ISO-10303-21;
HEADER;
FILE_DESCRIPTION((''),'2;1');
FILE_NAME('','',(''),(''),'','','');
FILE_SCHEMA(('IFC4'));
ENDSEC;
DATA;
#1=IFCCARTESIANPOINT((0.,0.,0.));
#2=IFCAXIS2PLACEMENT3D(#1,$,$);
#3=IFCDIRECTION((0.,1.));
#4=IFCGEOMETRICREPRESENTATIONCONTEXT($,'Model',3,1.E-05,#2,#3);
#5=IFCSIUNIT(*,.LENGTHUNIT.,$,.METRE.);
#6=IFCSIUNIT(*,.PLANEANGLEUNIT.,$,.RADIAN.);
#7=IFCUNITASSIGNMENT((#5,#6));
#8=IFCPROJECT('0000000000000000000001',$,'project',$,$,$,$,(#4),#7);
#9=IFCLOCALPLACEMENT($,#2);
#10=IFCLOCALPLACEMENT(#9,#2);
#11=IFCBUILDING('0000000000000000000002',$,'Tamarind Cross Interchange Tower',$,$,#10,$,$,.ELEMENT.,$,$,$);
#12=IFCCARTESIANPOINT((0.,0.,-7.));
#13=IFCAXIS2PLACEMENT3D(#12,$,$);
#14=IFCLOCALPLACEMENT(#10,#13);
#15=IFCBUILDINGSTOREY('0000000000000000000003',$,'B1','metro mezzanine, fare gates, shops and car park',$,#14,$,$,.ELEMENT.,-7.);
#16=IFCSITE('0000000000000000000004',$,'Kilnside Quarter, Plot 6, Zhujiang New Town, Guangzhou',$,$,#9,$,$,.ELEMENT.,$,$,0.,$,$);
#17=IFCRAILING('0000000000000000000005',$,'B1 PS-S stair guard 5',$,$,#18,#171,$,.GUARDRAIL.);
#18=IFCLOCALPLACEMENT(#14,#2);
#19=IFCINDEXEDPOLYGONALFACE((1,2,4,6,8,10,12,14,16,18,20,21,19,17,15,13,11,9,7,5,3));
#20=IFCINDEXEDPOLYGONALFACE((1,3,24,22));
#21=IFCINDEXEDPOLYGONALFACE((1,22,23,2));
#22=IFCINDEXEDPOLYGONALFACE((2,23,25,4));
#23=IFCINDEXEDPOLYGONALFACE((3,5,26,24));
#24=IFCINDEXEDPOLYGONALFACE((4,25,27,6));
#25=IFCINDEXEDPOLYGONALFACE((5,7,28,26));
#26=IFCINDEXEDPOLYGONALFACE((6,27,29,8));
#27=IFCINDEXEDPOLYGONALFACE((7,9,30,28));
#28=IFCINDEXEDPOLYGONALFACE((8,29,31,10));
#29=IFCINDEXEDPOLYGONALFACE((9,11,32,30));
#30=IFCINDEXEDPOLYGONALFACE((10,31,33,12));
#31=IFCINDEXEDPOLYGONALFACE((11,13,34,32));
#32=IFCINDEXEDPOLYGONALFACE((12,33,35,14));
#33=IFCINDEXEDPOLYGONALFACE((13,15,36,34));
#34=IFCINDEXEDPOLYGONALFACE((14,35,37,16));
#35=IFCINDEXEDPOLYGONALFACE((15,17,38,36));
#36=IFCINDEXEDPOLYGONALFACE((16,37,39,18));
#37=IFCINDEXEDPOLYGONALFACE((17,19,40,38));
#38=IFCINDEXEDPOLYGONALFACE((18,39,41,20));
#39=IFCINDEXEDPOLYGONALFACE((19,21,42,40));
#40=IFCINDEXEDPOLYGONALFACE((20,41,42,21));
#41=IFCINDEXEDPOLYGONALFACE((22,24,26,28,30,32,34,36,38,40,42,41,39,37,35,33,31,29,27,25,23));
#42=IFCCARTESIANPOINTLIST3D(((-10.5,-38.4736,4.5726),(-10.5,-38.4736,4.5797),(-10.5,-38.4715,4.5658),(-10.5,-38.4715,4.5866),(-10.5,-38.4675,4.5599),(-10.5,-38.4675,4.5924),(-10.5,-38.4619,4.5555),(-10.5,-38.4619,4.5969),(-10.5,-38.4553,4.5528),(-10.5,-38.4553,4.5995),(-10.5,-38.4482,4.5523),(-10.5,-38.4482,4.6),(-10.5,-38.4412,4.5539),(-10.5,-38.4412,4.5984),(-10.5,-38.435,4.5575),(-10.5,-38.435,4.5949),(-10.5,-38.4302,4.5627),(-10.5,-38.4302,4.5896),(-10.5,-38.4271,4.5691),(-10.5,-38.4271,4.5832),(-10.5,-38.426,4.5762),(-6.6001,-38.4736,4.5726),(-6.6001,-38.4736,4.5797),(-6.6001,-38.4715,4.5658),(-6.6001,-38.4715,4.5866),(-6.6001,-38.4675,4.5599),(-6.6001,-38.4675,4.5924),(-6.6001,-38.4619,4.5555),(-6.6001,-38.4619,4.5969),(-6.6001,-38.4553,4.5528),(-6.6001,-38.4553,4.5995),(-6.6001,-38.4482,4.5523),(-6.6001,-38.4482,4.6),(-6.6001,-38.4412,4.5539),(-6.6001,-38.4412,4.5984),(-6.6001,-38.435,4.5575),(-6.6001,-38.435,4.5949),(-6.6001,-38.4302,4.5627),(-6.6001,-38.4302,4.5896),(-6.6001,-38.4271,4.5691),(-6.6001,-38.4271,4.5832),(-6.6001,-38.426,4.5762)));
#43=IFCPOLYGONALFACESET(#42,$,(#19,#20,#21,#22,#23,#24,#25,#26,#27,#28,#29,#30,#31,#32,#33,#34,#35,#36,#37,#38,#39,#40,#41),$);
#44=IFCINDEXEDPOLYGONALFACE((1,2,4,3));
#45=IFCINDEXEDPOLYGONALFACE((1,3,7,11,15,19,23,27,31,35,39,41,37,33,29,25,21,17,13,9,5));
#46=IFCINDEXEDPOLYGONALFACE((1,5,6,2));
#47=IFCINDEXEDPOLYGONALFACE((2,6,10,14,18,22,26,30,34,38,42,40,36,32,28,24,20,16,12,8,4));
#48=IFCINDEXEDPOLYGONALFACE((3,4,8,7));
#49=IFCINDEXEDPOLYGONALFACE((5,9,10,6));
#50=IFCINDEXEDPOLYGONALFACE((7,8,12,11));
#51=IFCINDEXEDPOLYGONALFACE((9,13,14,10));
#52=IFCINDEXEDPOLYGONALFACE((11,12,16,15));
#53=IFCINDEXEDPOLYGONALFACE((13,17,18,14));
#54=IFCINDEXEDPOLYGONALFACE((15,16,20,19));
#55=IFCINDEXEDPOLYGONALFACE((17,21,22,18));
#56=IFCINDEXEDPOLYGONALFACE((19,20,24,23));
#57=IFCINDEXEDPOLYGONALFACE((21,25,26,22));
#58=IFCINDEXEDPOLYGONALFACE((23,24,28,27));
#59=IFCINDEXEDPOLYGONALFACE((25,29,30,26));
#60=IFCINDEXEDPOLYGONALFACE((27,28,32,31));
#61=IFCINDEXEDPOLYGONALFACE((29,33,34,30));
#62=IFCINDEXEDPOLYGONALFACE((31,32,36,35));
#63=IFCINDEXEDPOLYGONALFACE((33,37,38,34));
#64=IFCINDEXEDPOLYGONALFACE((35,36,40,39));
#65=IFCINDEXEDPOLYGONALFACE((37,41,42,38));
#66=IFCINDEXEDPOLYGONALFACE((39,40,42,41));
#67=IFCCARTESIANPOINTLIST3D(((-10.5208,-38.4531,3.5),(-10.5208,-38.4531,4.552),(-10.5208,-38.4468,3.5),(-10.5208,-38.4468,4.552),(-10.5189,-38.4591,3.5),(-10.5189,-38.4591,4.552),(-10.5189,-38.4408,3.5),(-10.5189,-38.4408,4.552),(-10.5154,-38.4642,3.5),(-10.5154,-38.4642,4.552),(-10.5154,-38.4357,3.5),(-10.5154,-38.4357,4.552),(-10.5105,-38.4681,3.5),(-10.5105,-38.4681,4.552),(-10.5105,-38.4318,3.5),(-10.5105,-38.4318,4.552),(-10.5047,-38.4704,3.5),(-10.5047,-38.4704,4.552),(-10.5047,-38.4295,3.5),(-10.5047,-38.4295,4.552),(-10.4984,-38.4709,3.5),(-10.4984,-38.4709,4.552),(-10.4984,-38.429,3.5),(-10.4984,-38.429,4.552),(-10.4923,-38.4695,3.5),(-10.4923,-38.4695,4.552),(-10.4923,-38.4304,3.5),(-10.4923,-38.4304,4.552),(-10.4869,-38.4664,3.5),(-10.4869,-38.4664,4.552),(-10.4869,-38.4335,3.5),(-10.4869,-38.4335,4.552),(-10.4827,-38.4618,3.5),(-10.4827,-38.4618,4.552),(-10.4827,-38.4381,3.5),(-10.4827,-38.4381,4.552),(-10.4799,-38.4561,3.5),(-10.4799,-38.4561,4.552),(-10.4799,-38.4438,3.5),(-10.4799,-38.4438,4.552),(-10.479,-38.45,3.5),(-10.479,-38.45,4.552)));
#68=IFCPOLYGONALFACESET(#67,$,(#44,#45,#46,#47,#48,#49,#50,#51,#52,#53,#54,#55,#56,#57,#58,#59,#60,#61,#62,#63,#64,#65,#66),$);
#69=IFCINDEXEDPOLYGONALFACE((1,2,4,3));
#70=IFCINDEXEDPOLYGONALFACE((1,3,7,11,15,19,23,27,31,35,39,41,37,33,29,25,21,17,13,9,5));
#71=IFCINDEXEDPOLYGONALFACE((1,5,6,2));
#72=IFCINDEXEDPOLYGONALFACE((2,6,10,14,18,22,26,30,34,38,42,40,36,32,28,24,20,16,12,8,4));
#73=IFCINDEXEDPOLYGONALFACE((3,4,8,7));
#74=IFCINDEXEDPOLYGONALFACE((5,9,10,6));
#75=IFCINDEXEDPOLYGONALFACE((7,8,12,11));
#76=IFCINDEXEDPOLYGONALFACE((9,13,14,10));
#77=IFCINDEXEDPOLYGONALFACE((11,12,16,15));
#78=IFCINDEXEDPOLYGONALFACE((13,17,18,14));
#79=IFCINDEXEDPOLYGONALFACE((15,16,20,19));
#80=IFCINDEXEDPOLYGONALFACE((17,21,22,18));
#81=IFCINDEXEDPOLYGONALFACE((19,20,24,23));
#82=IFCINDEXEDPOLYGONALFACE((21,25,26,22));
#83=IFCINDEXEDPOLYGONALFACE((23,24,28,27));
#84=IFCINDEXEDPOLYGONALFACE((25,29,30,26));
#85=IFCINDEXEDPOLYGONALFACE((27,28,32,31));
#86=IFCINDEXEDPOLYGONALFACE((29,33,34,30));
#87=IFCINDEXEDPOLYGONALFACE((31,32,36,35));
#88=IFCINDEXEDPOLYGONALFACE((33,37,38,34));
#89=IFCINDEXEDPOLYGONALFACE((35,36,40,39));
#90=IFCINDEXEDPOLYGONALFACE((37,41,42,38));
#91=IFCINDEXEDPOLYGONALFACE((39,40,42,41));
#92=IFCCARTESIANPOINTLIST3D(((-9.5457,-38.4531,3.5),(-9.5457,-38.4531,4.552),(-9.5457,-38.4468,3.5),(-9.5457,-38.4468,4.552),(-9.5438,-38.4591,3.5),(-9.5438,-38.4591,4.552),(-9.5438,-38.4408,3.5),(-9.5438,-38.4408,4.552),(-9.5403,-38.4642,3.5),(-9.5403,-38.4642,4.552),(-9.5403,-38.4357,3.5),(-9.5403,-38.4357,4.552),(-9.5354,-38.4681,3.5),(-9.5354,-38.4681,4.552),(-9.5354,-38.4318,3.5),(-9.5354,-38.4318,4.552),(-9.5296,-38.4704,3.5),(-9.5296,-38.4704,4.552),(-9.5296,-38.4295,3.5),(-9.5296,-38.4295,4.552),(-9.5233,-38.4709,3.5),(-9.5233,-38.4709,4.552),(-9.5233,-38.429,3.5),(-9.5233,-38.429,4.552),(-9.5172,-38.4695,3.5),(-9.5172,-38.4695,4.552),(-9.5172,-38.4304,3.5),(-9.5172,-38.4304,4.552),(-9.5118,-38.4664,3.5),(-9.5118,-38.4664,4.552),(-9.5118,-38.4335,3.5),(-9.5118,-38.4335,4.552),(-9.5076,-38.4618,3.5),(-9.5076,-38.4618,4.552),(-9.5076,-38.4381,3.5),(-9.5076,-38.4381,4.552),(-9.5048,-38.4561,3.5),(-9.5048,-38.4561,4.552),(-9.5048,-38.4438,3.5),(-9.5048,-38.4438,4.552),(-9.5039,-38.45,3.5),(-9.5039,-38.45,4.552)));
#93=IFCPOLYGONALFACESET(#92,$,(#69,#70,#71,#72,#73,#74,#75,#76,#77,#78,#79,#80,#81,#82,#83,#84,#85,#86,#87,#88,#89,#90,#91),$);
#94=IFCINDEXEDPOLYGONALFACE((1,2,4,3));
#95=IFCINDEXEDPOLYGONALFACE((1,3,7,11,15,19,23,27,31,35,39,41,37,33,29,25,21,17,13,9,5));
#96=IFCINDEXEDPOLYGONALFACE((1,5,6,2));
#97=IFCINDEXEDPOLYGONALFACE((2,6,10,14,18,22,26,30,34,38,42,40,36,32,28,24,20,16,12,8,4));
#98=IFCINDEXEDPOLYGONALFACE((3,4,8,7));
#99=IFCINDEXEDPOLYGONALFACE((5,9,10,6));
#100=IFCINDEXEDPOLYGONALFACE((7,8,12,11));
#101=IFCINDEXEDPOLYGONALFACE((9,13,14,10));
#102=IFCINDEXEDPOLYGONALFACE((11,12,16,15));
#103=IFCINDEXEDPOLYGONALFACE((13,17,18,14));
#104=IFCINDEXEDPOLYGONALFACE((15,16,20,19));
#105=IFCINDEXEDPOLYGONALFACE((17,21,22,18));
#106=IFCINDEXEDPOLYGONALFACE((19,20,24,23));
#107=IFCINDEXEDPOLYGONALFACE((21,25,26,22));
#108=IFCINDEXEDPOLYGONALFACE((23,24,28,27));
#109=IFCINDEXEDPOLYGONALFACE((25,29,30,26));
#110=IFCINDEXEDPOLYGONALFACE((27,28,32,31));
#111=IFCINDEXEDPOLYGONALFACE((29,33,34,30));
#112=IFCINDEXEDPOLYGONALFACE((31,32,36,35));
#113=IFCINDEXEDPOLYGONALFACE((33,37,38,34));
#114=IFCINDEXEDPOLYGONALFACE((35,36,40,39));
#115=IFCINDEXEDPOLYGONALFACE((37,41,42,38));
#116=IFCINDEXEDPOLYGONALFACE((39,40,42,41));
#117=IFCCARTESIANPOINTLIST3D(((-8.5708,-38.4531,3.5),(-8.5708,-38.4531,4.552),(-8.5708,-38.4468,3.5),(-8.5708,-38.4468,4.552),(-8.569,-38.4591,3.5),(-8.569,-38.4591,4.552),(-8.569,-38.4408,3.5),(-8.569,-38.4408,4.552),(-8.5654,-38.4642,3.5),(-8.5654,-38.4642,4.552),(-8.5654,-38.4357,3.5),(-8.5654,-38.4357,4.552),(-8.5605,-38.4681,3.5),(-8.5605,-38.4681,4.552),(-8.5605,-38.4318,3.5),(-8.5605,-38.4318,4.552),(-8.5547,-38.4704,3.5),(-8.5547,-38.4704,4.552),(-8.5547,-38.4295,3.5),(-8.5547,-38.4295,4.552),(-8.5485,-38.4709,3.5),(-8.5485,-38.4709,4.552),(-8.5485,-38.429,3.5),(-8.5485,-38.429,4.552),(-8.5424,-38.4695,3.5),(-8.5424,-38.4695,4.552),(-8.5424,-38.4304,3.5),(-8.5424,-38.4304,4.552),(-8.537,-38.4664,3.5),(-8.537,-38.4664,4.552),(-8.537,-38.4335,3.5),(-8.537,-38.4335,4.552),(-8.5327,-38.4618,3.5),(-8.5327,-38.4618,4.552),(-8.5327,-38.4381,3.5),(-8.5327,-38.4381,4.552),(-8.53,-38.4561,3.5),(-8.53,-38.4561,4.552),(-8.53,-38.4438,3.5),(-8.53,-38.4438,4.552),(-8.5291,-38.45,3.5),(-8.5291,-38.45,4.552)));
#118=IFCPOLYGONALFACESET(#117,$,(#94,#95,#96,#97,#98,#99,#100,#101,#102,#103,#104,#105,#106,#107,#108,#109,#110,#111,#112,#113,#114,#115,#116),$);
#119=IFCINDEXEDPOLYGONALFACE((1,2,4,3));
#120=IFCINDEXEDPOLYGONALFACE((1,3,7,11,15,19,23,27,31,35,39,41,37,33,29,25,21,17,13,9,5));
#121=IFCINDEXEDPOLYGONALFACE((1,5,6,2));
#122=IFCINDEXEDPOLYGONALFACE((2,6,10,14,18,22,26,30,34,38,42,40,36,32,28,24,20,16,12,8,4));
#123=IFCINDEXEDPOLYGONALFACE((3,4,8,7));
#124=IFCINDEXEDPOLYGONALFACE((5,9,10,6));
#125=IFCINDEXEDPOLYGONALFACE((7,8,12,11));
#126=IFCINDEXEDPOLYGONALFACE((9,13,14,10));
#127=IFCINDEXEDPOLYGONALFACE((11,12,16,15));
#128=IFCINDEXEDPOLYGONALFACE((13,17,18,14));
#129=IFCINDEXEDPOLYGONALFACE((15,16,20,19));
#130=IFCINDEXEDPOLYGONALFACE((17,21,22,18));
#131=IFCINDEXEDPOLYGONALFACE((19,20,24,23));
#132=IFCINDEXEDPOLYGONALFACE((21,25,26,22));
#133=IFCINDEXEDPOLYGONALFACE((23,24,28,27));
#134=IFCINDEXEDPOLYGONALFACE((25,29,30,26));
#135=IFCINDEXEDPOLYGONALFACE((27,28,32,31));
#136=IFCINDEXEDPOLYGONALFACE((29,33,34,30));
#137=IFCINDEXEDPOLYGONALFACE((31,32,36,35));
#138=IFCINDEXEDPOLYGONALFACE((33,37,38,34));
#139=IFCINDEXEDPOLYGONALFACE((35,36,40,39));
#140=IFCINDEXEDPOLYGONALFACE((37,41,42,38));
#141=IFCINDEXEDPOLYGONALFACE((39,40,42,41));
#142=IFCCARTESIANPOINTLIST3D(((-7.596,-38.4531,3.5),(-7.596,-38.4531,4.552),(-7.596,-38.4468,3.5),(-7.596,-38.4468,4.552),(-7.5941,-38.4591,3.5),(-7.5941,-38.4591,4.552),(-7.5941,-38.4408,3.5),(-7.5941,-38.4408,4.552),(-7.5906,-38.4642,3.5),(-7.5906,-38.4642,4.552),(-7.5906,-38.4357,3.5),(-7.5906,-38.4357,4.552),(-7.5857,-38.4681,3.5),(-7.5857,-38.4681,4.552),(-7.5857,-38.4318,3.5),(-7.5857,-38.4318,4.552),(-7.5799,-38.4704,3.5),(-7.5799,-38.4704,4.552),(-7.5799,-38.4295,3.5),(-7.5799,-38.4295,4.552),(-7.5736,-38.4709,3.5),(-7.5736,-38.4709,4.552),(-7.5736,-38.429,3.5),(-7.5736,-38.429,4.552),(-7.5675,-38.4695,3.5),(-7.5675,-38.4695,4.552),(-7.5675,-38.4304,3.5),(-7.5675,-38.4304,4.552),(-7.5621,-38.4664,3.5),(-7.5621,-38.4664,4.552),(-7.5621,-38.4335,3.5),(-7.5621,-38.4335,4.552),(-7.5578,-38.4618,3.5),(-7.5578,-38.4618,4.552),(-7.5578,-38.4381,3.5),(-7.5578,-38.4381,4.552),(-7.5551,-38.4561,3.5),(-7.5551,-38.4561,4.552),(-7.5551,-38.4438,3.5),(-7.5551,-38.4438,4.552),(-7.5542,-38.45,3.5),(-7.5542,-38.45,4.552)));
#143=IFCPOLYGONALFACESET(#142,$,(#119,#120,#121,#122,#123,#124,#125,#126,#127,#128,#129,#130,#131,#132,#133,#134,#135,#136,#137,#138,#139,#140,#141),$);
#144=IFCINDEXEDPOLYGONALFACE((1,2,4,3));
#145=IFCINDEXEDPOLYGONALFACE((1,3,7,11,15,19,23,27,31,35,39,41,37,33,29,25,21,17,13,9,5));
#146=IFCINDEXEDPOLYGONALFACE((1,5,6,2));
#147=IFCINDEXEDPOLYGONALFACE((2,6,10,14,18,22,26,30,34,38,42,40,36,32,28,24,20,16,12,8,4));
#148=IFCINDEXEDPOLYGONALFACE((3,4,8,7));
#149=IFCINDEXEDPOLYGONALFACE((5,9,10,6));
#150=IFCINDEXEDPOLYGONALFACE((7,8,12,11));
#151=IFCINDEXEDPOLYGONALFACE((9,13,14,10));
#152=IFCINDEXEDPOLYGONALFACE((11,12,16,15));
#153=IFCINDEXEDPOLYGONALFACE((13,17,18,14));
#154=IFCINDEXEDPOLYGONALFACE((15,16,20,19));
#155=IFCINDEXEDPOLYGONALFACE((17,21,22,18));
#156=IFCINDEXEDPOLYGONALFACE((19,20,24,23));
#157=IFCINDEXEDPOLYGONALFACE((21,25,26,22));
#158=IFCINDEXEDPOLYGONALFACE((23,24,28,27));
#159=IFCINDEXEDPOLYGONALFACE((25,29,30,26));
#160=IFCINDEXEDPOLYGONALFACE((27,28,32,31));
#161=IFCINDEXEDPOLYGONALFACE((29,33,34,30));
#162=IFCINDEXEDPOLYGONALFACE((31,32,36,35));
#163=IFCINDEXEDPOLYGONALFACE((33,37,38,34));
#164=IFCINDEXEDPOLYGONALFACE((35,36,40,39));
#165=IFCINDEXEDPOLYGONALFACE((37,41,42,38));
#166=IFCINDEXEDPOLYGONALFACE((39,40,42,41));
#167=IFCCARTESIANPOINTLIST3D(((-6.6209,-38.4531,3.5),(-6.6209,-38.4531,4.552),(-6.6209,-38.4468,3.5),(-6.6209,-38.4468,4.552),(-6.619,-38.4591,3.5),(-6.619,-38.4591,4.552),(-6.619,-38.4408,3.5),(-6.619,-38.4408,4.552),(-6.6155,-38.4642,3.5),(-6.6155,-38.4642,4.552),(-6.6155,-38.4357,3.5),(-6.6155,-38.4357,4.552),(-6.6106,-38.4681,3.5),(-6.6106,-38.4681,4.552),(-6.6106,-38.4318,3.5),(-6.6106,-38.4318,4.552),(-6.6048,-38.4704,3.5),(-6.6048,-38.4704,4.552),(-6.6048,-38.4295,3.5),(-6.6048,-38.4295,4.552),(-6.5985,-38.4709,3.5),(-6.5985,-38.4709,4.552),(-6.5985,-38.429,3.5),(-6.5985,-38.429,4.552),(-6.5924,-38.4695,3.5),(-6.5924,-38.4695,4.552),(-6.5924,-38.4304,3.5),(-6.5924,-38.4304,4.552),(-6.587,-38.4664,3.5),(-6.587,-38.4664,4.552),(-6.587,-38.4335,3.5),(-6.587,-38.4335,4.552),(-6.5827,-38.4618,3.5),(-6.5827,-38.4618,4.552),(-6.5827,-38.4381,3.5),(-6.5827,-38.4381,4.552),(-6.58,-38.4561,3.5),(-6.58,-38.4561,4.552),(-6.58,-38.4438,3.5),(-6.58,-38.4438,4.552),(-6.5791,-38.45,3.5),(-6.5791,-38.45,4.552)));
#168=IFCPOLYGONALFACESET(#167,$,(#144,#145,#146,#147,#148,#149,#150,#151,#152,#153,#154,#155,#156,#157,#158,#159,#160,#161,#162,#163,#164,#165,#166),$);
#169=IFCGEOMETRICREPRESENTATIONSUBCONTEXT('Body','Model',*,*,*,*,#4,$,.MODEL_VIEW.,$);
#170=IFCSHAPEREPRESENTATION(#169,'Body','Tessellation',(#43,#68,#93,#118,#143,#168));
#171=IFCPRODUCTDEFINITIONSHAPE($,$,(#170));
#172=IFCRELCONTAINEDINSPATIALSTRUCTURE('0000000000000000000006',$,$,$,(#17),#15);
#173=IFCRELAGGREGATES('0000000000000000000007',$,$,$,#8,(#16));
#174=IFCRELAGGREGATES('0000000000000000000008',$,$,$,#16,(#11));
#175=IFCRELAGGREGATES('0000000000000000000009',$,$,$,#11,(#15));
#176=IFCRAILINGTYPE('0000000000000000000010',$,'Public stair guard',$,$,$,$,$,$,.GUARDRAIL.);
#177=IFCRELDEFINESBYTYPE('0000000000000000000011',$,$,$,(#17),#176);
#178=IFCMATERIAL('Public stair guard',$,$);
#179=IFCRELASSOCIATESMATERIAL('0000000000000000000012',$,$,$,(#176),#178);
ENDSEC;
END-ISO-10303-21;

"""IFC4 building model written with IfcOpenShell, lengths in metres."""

from ifc_helpers import new_model, si_unit, direction, frame, origin, origin_2d, place, context, subcontext, project, spatial, circle, extrude, material, type_object, element, save


model = new_model("IFC4")

# Units and contexts
model_context = context("Model", 3, precision=1e-05, world=origin(), true_north=direction((0.0, 1.0)))
body_context = subcontext(model_context, "Body", "Model", "MODEL_VIEW")
ifc_project = project(units=[si_unit("LENGTHUNIT", "METRE"), si_unit("PLANEANGLEUNIT", "RADIAN")], contexts=[model_context])

# Site, building, storey
site_placement = place(None, origin())
site = spatial("IfcSite", under=ifc_project, at=site_placement, Name="Kilnside Quarter, Plot 6, Zhujiang New Town, Guangzhou", CompositionType="ELEMENT", RefElevation=0.0)
building_placement = place(site_placement, origin())
building = spatial("IfcBuilding", under=site, at=building_placement, Name="Tamarind Cross Interchange Tower", CompositionType="ELEMENT")
storey_placement = place(building_placement, frame((0.0, 0.0, -7.0)))
storey = spatial("IfcBuildingStorey", under=building, at=storey_placement, Name="B1", Description="metro mezzanine, fare gates, shops and car park", CompositionType="ELEMENT", Elevation=-7.0)

# Railing
ifc_material_1 = material(Name="Public stair guard")
railing_type_1 = type_object("IfcRailingType", Name="Public stair guard", PredefinedType="GUARDRAIL", material=ifc_material_1)
railing_1_placement = place(storey_placement, frame((-10.5, -38.45, 3.5)))
element("IfcRailing", 1, at=railing_1_placement, inside=storey, type_object=railing_type_1, Name="B1 PS-S stair guard 5", PredefinedType="GUARDRAIL", context=body_context, shape_type="SweptSolid", body=[
    extrude(circle(Radius=0.0239, at=origin_2d()), frame((0.0, 0.0, 1.0762), z_axis=(1.0, 0.0, 0.0), x_axis=(0.0, 1.0, 0.0)), (0.0, 0.0, 1.0), 3.8999),
    extrude(circle(Radius=0.021, at=origin_2d()), origin(), (0.0, 0.0, 1.0), 1.052),
    extrude(circle(Radius=0.021, at=origin_2d()), frame((0.9751, 0.0, 0.0)), (0.0, 0.0, 1.0), 1.052),
    extrude(circle(Radius=0.021, at=origin_2d()), frame((1.95, 0.0, 0.0)), (0.0, 0.0, 1.0), 1.052),
    extrude(circle(Radius=0.021, at=origin_2d()), frame((2.9248, 0.0, 0.0)), (0.0, 0.0, 1.0), 1.052),
    extrude(circle(Radius=0.021, at=origin_2d()), frame((3.8999, 0.0, 0.0)), (0.0, 0.0, 1.0), 1.052),
])

save(model, "model.ifc")
